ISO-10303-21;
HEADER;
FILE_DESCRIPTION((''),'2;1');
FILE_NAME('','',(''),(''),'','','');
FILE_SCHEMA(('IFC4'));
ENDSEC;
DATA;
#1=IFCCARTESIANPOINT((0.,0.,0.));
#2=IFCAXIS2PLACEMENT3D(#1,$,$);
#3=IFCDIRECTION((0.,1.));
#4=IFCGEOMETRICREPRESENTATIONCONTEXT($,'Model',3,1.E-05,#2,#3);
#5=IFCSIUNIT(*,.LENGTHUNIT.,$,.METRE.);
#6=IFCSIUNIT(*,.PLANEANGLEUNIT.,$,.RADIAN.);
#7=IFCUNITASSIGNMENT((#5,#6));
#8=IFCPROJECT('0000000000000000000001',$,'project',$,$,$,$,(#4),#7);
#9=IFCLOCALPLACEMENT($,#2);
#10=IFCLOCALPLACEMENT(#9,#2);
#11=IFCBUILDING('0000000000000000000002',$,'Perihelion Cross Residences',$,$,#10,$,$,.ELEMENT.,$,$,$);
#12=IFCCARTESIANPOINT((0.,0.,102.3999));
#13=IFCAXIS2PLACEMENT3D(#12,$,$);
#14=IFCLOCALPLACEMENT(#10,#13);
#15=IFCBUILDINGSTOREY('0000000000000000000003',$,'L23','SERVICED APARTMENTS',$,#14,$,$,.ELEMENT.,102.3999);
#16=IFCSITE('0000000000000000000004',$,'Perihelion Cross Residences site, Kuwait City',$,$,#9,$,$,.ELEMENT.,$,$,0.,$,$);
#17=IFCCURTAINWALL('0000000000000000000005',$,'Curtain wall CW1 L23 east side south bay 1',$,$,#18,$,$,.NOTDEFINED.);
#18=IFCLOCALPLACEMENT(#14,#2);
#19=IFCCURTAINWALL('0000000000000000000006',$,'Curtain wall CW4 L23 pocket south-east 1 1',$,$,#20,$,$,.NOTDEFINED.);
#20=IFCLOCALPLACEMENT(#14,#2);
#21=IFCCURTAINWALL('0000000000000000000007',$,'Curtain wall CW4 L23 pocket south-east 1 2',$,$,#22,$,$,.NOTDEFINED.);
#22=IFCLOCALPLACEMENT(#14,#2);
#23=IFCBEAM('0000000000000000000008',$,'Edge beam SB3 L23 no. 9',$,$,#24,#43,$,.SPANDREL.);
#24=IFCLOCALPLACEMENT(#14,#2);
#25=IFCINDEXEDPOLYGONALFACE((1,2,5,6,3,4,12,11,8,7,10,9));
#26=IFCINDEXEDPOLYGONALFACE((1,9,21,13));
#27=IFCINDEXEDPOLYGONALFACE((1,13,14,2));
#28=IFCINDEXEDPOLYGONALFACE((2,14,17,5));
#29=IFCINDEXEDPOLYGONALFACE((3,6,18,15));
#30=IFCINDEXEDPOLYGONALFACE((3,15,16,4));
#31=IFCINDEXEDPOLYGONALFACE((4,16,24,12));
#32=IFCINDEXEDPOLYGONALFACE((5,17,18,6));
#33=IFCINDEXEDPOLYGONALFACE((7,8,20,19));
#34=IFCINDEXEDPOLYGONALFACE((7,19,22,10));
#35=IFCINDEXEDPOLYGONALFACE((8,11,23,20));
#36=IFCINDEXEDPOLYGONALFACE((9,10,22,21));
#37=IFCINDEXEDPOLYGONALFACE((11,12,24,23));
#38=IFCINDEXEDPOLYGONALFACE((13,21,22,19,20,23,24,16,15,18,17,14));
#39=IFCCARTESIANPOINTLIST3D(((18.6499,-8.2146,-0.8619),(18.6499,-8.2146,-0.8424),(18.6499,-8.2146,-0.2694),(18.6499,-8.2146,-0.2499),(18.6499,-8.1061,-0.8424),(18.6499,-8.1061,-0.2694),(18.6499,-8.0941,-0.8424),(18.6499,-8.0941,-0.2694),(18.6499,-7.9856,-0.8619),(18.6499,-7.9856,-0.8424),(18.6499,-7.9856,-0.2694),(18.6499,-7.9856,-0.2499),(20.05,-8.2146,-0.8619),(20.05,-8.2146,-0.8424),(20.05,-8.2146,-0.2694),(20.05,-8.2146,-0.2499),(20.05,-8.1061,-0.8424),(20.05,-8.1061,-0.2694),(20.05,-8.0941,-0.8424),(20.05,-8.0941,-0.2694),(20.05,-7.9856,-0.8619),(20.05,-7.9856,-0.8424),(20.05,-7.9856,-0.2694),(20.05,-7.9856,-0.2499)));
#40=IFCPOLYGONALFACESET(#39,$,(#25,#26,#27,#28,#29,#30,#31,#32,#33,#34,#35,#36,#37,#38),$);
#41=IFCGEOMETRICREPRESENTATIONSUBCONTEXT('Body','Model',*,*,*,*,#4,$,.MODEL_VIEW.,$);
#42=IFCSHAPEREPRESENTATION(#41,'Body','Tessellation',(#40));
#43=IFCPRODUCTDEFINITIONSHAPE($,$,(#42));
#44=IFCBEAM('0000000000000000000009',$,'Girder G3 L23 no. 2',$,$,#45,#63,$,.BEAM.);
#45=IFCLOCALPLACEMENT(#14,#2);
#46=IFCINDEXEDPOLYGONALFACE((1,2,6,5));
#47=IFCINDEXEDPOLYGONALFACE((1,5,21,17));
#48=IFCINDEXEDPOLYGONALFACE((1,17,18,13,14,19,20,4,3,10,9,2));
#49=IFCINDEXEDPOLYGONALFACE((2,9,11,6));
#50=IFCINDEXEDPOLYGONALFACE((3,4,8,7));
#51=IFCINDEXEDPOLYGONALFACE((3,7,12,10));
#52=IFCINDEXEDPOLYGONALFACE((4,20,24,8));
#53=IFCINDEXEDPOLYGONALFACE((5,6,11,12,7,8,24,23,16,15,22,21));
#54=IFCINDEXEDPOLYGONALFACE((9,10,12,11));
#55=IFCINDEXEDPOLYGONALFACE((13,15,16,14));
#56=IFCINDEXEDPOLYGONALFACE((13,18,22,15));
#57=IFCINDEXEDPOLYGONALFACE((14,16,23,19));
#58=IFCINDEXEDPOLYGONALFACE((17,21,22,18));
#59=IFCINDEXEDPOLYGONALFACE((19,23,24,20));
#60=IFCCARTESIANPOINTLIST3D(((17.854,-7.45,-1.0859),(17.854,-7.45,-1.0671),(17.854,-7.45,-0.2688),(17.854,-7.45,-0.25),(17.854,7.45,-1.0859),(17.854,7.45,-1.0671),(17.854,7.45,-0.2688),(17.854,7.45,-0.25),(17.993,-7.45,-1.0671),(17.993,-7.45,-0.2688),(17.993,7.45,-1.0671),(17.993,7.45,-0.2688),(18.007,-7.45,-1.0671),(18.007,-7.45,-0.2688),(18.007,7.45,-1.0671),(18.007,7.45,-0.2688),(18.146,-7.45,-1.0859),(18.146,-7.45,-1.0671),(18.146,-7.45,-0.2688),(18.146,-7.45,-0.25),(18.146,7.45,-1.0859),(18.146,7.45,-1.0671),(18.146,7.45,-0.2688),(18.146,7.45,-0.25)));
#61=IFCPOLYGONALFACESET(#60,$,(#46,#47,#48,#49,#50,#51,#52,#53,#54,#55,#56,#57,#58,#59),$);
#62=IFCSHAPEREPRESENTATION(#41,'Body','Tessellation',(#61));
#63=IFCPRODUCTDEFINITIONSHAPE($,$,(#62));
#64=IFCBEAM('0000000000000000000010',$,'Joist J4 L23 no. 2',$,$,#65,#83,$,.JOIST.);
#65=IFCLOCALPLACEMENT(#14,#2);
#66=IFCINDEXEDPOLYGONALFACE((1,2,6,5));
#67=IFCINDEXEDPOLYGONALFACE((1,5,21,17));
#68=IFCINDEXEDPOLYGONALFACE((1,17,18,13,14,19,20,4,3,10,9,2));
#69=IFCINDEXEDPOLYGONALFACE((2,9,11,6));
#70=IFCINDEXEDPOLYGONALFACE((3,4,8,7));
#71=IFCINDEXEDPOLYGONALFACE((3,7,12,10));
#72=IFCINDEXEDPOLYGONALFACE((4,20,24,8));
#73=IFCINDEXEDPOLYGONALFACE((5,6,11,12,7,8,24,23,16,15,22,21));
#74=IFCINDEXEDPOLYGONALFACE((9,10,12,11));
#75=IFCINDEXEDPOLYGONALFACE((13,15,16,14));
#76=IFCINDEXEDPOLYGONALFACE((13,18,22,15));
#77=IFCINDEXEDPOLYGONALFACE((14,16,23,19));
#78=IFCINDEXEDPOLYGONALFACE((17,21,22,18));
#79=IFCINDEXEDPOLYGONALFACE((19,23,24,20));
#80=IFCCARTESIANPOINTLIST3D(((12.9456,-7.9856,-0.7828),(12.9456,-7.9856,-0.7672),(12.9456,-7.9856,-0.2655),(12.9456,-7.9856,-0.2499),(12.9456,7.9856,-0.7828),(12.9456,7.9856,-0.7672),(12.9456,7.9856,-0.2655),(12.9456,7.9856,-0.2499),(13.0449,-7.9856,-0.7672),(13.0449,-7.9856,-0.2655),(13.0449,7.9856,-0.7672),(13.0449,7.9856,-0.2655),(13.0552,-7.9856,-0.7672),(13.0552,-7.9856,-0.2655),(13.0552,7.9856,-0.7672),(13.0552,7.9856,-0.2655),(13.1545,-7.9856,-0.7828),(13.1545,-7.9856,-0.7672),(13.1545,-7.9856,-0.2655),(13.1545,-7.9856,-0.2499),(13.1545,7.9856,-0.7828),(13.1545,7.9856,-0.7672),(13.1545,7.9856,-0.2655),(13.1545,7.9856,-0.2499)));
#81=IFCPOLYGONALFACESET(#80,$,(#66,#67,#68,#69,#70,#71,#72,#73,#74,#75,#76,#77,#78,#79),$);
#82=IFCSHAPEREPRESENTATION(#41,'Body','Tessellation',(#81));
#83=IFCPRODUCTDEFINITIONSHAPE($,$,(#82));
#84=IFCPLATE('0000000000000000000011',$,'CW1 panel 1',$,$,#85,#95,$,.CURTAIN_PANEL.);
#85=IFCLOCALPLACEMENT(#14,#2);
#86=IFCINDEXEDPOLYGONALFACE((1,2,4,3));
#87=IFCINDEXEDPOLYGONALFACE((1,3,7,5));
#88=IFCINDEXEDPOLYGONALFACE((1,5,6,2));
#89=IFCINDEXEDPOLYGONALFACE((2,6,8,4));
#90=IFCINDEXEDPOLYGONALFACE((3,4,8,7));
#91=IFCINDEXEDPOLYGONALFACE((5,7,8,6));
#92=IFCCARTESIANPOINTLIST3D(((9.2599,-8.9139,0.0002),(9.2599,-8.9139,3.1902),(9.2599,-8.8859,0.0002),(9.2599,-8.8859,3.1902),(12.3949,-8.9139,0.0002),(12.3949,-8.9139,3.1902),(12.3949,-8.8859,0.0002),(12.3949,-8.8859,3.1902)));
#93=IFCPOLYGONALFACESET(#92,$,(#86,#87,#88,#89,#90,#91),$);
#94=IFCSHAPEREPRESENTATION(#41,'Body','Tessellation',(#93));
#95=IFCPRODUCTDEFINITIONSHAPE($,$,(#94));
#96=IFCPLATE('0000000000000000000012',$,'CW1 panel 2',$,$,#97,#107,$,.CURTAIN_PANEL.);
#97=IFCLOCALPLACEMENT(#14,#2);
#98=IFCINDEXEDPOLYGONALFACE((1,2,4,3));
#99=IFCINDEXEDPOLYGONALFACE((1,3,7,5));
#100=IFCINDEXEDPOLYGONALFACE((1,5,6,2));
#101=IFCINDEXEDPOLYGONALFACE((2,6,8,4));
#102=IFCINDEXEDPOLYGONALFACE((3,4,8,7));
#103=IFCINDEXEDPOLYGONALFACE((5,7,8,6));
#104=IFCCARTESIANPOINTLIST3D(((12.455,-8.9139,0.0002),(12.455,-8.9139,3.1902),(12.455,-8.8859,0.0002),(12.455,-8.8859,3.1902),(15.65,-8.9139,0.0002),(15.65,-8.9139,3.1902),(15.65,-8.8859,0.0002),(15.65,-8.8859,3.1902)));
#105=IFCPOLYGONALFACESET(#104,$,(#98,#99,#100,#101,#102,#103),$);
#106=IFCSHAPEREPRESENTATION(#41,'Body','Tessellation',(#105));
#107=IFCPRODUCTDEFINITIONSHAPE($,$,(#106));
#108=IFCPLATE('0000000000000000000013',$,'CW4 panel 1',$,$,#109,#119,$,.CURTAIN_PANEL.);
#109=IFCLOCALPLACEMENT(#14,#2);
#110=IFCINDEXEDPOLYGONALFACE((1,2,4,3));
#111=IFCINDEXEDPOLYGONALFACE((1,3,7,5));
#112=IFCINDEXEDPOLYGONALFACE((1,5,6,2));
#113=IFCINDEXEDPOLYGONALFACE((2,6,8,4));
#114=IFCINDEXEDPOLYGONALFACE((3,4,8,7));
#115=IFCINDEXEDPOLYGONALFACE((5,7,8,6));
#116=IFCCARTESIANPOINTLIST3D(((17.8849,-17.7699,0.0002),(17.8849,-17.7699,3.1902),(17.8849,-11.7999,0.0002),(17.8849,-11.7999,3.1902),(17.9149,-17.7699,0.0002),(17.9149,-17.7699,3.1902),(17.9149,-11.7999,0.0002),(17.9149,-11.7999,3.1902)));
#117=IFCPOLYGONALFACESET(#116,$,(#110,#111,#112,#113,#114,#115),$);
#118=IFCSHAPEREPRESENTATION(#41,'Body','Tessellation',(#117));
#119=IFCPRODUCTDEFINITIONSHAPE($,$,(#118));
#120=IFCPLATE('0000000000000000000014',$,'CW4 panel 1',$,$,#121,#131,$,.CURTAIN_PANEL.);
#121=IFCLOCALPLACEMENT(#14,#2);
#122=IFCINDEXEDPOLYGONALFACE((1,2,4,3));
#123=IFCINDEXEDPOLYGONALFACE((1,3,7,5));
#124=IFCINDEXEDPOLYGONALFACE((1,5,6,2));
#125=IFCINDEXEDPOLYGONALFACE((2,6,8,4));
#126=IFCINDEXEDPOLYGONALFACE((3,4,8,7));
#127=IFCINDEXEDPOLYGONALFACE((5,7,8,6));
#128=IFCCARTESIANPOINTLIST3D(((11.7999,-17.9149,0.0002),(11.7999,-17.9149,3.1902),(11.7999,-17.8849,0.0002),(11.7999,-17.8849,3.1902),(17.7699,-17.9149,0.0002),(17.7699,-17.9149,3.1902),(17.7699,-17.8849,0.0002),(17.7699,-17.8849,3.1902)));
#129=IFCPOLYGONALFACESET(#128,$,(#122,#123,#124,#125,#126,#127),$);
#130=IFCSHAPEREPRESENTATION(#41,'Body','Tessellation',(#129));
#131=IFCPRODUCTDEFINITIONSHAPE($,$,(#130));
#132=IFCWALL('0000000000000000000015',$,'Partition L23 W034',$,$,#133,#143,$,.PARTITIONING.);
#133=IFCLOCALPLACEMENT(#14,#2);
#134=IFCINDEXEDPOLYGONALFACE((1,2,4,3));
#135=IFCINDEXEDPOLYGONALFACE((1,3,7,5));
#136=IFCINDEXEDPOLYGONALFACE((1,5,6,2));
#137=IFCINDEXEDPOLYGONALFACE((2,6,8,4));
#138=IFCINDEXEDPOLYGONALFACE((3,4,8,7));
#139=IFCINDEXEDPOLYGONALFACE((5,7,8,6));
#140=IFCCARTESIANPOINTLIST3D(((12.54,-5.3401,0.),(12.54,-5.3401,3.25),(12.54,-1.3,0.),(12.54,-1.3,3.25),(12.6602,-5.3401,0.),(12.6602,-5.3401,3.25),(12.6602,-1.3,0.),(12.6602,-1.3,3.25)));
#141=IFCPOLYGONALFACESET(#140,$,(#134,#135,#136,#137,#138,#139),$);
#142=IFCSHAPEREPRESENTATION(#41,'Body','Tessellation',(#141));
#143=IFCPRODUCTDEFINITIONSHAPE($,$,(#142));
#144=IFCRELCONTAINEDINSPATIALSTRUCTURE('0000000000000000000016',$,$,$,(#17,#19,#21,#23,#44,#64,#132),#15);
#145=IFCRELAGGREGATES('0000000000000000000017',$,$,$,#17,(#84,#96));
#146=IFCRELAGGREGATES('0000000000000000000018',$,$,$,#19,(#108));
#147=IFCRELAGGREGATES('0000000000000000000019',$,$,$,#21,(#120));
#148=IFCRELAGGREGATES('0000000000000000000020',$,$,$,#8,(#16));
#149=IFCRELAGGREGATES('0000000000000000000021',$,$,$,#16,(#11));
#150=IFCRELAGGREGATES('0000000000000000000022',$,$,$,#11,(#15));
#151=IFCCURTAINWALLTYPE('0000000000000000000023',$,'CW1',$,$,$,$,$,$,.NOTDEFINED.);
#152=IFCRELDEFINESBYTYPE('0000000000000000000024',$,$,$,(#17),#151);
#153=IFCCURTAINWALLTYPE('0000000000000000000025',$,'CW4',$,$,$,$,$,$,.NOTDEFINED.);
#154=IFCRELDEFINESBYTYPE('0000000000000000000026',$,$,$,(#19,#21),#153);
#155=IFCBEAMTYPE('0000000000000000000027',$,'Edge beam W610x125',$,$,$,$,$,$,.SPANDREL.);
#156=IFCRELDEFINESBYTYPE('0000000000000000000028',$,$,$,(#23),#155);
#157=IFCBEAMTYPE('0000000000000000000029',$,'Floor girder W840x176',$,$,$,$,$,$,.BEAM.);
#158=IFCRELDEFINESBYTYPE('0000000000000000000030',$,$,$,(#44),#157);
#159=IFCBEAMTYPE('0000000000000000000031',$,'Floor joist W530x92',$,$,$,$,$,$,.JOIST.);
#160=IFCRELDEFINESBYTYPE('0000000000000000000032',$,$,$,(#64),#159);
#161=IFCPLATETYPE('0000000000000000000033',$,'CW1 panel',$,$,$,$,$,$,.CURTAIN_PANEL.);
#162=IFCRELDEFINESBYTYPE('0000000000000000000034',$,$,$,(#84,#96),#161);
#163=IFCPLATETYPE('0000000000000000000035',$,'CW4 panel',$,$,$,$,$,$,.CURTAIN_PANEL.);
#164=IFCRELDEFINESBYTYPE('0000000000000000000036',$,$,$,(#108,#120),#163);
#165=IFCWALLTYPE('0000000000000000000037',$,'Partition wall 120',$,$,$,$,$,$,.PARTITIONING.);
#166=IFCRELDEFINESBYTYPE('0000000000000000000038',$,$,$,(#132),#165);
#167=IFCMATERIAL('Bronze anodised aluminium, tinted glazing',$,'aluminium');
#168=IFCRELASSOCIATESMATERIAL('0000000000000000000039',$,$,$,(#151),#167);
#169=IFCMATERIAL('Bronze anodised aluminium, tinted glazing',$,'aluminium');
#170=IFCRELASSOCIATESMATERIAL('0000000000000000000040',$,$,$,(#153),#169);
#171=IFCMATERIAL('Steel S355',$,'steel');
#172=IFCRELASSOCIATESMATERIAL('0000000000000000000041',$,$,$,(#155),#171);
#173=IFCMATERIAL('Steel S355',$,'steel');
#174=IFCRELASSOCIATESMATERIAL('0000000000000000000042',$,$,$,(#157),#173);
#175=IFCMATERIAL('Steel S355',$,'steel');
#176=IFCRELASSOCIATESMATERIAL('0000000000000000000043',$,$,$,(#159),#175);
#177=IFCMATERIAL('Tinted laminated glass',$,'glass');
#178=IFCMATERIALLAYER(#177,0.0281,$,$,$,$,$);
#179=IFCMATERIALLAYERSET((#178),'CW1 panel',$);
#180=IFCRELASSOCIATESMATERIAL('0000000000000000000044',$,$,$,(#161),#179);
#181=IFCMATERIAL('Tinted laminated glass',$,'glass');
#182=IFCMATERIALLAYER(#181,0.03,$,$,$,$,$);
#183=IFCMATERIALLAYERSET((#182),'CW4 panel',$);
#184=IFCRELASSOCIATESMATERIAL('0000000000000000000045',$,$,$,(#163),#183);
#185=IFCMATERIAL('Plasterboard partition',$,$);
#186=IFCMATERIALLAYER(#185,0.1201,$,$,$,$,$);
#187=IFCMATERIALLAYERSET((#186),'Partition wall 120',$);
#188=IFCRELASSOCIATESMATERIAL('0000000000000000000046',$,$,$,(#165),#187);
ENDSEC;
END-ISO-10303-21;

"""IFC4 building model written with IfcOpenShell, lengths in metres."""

from ifc_helpers import new_model, si_unit, direction, frame, frame_2d, origin, origin_2d, place, context, subcontext, project, spatial, rectangle, i_section, extrude, material, layer, layer_set, material_profile, profile_set, type_object, element, aggregate, save


model = new_model("IFC4")

# Units and contexts
model_context = context("Model", 3, precision=1e-05, world=origin(), true_north=direction((0.0, 1.0)))
body_context = subcontext(model_context, "Body", "Model", "MODEL_VIEW")
ifc_project = project(units=[si_unit("LENGTHUNIT", "METRE"), si_unit("PLANEANGLEUNIT", "RADIAN")], contexts=[model_context])

# Site, building, storey
site_placement = place(None, origin())
site = spatial("IfcSite", under=ifc_project, at=site_placement, Name="Perihelion Cross Residences site, Kuwait City", CompositionType="ELEMENT", RefElevation=0.0)
building_placement = place(site_placement, origin())
building = spatial("IfcBuilding", under=site, at=building_placement, Name="Perihelion Cross Residences", CompositionType="ELEMENT")
storey_placement = place(building_placement, frame((0.0, 0.0, 102.3999)))
storey = spatial("IfcBuildingStorey", under=building, at=storey_placement, Name="L23", Description="SERVICED APARTMENTS", CompositionType="ELEMENT", Elevation=102.3999)

# Curtain wall
ifc_material_1 = material(Name="Bronze anodised aluminium, tinted glazing", Category="aluminium")
curtain_wall_type_1 = type_object("IfcCurtainWallType", Name="CW1", PredefinedType="NOTDEFINED", material=ifc_material_1)
curtain_wall_1_placement = place(storey_placement, origin())
curtain_wall_1 = element("IfcCurtainWall", 1, at=curtain_wall_1_placement, inside=storey, type_object=curtain_wall_type_1, Name="Curtain wall CW1 L23 east side south bay 1", PredefinedType="NOTDEFINED")

# Curtain walls
ifc_material_2 = material(Name="Bronze anodised aluminium, tinted glazing", Category="aluminium")
curtain_wall_type_2 = type_object("IfcCurtainWallType", Name="CW4", PredefinedType="NOTDEFINED", material=ifc_material_2)
curtain_wall_2_placement = place(storey_placement, origin())
curtain_wall_2 = element("IfcCurtainWall", 2, at=curtain_wall_2_placement, inside=storey, type_object=curtain_wall_type_2, Name="Curtain wall CW4 L23 pocket south-east 1 1", PredefinedType="NOTDEFINED")
curtain_wall_3_placement = place(storey_placement, origin())
curtain_wall_3 = element("IfcCurtainWall", 3, at=curtain_wall_3_placement, inside=storey, type_object=curtain_wall_type_2, Name="Curtain wall CW4 L23 pocket south-east 1 2", PredefinedType="NOTDEFINED")

# Beams
ifc_material_3 = material(Name="Steel S355", Category="steel")
ifc_material_profile_1 = material_profile(ifc_material_3, i_section(OverallWidth=0.229, OverallDepth=0.6121, WebThickness=0.012, FlangeThickness=0.0195, at=origin_2d()), Name="W610x125")
ifc_profile_set_1 = profile_set([ifc_material_profile_1], Name="Steel S355")
beam_type_1 = type_object("IfcBeamType", Name="Edge beam W610x125", PredefinedType="SPANDREL", material=ifc_profile_set_1)
beam_1_placement = place(storey_placement, frame((18.6499, -8.1001, -0.5559), z_axis=(1.0, 0.0, 0.0), x_axis=(0.0, 1.0, 0.0)))
element("IfcBeam", 4, at=beam_1_placement, inside=storey, type_object=beam_type_1, Name="Edge beam SB3 L23 no. 9", PredefinedType="SPANDREL", context=body_context, shape_type="SweptSolid", body=[
    extrude(i_section(OverallWidth=0.229, OverallDepth=0.6121, WebThickness=0.012, FlangeThickness=0.0195, at=origin_2d()), origin(), (0.0, 0.0, 1.0), 1.4001),
])
ifc_material_4 = material(Name="Steel S355", Category="steel")
ifc_material_profile_2 = material_profile(ifc_material_4, i_section(OverallWidth=0.292, OverallDepth=0.8359, WebThickness=0.0139, FlangeThickness=0.0188, at=origin_2d()), Name="W840x176")
ifc_profile_set_2 = profile_set([ifc_material_profile_2], Name="Steel S355")
beam_type_2 = type_object("IfcBeamType", Name="Floor girder W840x176", PredefinedType="BEAM", material=ifc_profile_set_2)
beam_2_placement = place(storey_placement, frame((18.0, -7.45, -0.668), z_axis=(0.0, 1.0, 0.0), x_axis=(-1.0, 0.0, 0.0)))
element("IfcBeam", 5, at=beam_2_placement, inside=storey, type_object=beam_type_2, Name="Girder G3 L23 no. 2", PredefinedType="BEAM", context=body_context, shape_type="SweptSolid", body=[
    extrude(i_section(OverallWidth=0.292, OverallDepth=0.8359, WebThickness=0.0139, FlangeThickness=0.0188, at=origin_2d()), origin(), (0.0, 0.0, 1.0), 14.8999),
])
ifc_material_5 = material(Name="Steel S355", Category="steel")
ifc_material_profile_3 = material_profile(ifc_material_5, i_section(OverallWidth=0.209, OverallDepth=0.533, WebThickness=0.0103, FlangeThickness=0.0156, at=origin_2d()), Name="W530x92")
ifc_profile_set_3 = profile_set([ifc_material_profile_3], Name="Steel S355")
beam_type_3 = type_object("IfcBeamType", Name="Floor joist W530x92", PredefinedType="JOIST", material=ifc_profile_set_3)
beam_3_placement = place(storey_placement, frame((13.05, -7.9856, -0.5164), z_axis=(0.0, 1.0, 0.0), x_axis=(-1.0, 0.0, 0.0)))
element("IfcBeam", 6, at=beam_3_placement, inside=storey, type_object=beam_type_3, Name="Joist J4 L23 no. 2", PredefinedType="JOIST", context=body_context, shape_type="SweptSolid", body=[
    extrude(i_section(OverallWidth=0.209, OverallDepth=0.533, WebThickness=0.0103, FlangeThickness=0.0156, at=origin_2d()), origin(), (0.0, 0.0, 1.0), 15.9712),
])

# Plates
ifc_material_6 = material(Name="Tinted laminated glass", Category="glass")
ifc_layer_1 = layer(ifc_material_6, 0.0281)
ifc_layer_set_1 = layer_set([ifc_layer_1], Name="CW1 panel")
plate_type_1 = type_object("IfcPlateType", Name="CW1 panel", PredefinedType="CURTAIN_PANEL", material=ifc_layer_set_1)
plate_1_placement = place(storey_placement, frame((10.8274, -8.8999, 0.0002), z_axis=(0.0, 0.0, 1.0), x_axis=(1.0, 0.0, 0.0)))
plate_1 = element("IfcPlate", 7, at=plate_1_placement, type_object=plate_type_1, Name="CW1 panel 1", PredefinedType="CURTAIN_PANEL", context=body_context, shape_type="SweptSolid", body=[
    extrude(rectangle(XDim=3.135, YDim=0.0281, at=origin_2d()), origin(), (0.0, 0.0, 1.0), 3.1899),
])
plate_2_placement = place(storey_placement, frame((14.0525, -8.8999, 0.0002), z_axis=(0.0, 0.0, 1.0), x_axis=(1.0, 0.0, 0.0)))
plate_2 = element("IfcPlate", 8, at=plate_2_placement, type_object=plate_type_1, Name="CW1 panel 2", PredefinedType="CURTAIN_PANEL", context=body_context, shape_type="SweptSolid", body=[
    extrude(rectangle(XDim=3.1951, YDim=0.0281, at=origin_2d()), origin(), (0.0, 0.0, 1.0), 3.1899),
])
aggregate(curtain_wall_1, [plate_1, plate_2])
ifc_material_7 = material(Name="Tinted laminated glass", Category="glass")
ifc_layer_2 = layer(ifc_material_7, 0.03)
ifc_layer_set_2 = layer_set([ifc_layer_2], Name="CW4 panel")
plate_type_2 = type_object("IfcPlateType", Name="CW4 panel", PredefinedType="CURTAIN_PANEL", material=ifc_layer_set_2)
plate_3_placement = place(storey_placement, frame((17.8999, -14.7849, 0.0002), z_axis=(0.0, 0.0, 1.0), x_axis=(0.0, -1.0, 0.0)))
plate_3 = element("IfcPlate", 9, at=plate_3_placement, type_object=plate_type_2, Name="CW4 panel 1", PredefinedType="CURTAIN_PANEL", context=body_context, shape_type="SweptSolid", body=[
    extrude(rectangle(XDim=5.97, YDim=0.03, at=origin_2d()), origin(), (0.0, 0.0, 1.0), 3.1899),
])
aggregate(curtain_wall_2, [plate_3])
plate_4_placement = place(storey_placement, frame((14.7849, -17.8999, 0.0002), z_axis=(0.0, 0.0, 1.0), x_axis=(-1.0, 0.0, 0.0)))
plate_4 = element("IfcPlate", 10, at=plate_4_placement, type_object=plate_type_2, Name="CW4 panel 1", PredefinedType="CURTAIN_PANEL", context=body_context, shape_type="SweptSolid", body=[
    extrude(rectangle(XDim=5.97, YDim=0.03, at=origin_2d()), origin(), (0.0, 0.0, 1.0), 3.1899),
])
aggregate(curtain_wall_3, [plate_4])

# Wall
ifc_material_8 = material(Name="Plasterboard partition")
ifc_layer_3 = layer(ifc_material_8, 0.1201)
ifc_layer_set_3 = layer_set([ifc_layer_3], Name="Partition wall 120")
wall_type_1 = type_object("IfcWallType", Name="Partition wall 120", PredefinedType="PARTITIONING", material=ifc_layer_set_3)
wall_1_placement = place(storey_placement, frame((12.6001, -1.3, 0.0), z_axis=(0.0, 0.0, 1.0), x_axis=(0.0, -1.0, 0.0)))
element("IfcWall", 11, at=wall_1_placement, inside=storey, type_object=wall_type_1, Name="Partition L23 W034", PredefinedType="PARTITIONING", context=body_context, shape_type="SweptSolid", body=[
    extrude(rectangle(XDim=4.04, YDim=0.1201, at=frame_2d((2.02, 0.0))), origin(), (0.0, 0.0, 1.0), 3.25),
])

save(model, "model.ifc")
